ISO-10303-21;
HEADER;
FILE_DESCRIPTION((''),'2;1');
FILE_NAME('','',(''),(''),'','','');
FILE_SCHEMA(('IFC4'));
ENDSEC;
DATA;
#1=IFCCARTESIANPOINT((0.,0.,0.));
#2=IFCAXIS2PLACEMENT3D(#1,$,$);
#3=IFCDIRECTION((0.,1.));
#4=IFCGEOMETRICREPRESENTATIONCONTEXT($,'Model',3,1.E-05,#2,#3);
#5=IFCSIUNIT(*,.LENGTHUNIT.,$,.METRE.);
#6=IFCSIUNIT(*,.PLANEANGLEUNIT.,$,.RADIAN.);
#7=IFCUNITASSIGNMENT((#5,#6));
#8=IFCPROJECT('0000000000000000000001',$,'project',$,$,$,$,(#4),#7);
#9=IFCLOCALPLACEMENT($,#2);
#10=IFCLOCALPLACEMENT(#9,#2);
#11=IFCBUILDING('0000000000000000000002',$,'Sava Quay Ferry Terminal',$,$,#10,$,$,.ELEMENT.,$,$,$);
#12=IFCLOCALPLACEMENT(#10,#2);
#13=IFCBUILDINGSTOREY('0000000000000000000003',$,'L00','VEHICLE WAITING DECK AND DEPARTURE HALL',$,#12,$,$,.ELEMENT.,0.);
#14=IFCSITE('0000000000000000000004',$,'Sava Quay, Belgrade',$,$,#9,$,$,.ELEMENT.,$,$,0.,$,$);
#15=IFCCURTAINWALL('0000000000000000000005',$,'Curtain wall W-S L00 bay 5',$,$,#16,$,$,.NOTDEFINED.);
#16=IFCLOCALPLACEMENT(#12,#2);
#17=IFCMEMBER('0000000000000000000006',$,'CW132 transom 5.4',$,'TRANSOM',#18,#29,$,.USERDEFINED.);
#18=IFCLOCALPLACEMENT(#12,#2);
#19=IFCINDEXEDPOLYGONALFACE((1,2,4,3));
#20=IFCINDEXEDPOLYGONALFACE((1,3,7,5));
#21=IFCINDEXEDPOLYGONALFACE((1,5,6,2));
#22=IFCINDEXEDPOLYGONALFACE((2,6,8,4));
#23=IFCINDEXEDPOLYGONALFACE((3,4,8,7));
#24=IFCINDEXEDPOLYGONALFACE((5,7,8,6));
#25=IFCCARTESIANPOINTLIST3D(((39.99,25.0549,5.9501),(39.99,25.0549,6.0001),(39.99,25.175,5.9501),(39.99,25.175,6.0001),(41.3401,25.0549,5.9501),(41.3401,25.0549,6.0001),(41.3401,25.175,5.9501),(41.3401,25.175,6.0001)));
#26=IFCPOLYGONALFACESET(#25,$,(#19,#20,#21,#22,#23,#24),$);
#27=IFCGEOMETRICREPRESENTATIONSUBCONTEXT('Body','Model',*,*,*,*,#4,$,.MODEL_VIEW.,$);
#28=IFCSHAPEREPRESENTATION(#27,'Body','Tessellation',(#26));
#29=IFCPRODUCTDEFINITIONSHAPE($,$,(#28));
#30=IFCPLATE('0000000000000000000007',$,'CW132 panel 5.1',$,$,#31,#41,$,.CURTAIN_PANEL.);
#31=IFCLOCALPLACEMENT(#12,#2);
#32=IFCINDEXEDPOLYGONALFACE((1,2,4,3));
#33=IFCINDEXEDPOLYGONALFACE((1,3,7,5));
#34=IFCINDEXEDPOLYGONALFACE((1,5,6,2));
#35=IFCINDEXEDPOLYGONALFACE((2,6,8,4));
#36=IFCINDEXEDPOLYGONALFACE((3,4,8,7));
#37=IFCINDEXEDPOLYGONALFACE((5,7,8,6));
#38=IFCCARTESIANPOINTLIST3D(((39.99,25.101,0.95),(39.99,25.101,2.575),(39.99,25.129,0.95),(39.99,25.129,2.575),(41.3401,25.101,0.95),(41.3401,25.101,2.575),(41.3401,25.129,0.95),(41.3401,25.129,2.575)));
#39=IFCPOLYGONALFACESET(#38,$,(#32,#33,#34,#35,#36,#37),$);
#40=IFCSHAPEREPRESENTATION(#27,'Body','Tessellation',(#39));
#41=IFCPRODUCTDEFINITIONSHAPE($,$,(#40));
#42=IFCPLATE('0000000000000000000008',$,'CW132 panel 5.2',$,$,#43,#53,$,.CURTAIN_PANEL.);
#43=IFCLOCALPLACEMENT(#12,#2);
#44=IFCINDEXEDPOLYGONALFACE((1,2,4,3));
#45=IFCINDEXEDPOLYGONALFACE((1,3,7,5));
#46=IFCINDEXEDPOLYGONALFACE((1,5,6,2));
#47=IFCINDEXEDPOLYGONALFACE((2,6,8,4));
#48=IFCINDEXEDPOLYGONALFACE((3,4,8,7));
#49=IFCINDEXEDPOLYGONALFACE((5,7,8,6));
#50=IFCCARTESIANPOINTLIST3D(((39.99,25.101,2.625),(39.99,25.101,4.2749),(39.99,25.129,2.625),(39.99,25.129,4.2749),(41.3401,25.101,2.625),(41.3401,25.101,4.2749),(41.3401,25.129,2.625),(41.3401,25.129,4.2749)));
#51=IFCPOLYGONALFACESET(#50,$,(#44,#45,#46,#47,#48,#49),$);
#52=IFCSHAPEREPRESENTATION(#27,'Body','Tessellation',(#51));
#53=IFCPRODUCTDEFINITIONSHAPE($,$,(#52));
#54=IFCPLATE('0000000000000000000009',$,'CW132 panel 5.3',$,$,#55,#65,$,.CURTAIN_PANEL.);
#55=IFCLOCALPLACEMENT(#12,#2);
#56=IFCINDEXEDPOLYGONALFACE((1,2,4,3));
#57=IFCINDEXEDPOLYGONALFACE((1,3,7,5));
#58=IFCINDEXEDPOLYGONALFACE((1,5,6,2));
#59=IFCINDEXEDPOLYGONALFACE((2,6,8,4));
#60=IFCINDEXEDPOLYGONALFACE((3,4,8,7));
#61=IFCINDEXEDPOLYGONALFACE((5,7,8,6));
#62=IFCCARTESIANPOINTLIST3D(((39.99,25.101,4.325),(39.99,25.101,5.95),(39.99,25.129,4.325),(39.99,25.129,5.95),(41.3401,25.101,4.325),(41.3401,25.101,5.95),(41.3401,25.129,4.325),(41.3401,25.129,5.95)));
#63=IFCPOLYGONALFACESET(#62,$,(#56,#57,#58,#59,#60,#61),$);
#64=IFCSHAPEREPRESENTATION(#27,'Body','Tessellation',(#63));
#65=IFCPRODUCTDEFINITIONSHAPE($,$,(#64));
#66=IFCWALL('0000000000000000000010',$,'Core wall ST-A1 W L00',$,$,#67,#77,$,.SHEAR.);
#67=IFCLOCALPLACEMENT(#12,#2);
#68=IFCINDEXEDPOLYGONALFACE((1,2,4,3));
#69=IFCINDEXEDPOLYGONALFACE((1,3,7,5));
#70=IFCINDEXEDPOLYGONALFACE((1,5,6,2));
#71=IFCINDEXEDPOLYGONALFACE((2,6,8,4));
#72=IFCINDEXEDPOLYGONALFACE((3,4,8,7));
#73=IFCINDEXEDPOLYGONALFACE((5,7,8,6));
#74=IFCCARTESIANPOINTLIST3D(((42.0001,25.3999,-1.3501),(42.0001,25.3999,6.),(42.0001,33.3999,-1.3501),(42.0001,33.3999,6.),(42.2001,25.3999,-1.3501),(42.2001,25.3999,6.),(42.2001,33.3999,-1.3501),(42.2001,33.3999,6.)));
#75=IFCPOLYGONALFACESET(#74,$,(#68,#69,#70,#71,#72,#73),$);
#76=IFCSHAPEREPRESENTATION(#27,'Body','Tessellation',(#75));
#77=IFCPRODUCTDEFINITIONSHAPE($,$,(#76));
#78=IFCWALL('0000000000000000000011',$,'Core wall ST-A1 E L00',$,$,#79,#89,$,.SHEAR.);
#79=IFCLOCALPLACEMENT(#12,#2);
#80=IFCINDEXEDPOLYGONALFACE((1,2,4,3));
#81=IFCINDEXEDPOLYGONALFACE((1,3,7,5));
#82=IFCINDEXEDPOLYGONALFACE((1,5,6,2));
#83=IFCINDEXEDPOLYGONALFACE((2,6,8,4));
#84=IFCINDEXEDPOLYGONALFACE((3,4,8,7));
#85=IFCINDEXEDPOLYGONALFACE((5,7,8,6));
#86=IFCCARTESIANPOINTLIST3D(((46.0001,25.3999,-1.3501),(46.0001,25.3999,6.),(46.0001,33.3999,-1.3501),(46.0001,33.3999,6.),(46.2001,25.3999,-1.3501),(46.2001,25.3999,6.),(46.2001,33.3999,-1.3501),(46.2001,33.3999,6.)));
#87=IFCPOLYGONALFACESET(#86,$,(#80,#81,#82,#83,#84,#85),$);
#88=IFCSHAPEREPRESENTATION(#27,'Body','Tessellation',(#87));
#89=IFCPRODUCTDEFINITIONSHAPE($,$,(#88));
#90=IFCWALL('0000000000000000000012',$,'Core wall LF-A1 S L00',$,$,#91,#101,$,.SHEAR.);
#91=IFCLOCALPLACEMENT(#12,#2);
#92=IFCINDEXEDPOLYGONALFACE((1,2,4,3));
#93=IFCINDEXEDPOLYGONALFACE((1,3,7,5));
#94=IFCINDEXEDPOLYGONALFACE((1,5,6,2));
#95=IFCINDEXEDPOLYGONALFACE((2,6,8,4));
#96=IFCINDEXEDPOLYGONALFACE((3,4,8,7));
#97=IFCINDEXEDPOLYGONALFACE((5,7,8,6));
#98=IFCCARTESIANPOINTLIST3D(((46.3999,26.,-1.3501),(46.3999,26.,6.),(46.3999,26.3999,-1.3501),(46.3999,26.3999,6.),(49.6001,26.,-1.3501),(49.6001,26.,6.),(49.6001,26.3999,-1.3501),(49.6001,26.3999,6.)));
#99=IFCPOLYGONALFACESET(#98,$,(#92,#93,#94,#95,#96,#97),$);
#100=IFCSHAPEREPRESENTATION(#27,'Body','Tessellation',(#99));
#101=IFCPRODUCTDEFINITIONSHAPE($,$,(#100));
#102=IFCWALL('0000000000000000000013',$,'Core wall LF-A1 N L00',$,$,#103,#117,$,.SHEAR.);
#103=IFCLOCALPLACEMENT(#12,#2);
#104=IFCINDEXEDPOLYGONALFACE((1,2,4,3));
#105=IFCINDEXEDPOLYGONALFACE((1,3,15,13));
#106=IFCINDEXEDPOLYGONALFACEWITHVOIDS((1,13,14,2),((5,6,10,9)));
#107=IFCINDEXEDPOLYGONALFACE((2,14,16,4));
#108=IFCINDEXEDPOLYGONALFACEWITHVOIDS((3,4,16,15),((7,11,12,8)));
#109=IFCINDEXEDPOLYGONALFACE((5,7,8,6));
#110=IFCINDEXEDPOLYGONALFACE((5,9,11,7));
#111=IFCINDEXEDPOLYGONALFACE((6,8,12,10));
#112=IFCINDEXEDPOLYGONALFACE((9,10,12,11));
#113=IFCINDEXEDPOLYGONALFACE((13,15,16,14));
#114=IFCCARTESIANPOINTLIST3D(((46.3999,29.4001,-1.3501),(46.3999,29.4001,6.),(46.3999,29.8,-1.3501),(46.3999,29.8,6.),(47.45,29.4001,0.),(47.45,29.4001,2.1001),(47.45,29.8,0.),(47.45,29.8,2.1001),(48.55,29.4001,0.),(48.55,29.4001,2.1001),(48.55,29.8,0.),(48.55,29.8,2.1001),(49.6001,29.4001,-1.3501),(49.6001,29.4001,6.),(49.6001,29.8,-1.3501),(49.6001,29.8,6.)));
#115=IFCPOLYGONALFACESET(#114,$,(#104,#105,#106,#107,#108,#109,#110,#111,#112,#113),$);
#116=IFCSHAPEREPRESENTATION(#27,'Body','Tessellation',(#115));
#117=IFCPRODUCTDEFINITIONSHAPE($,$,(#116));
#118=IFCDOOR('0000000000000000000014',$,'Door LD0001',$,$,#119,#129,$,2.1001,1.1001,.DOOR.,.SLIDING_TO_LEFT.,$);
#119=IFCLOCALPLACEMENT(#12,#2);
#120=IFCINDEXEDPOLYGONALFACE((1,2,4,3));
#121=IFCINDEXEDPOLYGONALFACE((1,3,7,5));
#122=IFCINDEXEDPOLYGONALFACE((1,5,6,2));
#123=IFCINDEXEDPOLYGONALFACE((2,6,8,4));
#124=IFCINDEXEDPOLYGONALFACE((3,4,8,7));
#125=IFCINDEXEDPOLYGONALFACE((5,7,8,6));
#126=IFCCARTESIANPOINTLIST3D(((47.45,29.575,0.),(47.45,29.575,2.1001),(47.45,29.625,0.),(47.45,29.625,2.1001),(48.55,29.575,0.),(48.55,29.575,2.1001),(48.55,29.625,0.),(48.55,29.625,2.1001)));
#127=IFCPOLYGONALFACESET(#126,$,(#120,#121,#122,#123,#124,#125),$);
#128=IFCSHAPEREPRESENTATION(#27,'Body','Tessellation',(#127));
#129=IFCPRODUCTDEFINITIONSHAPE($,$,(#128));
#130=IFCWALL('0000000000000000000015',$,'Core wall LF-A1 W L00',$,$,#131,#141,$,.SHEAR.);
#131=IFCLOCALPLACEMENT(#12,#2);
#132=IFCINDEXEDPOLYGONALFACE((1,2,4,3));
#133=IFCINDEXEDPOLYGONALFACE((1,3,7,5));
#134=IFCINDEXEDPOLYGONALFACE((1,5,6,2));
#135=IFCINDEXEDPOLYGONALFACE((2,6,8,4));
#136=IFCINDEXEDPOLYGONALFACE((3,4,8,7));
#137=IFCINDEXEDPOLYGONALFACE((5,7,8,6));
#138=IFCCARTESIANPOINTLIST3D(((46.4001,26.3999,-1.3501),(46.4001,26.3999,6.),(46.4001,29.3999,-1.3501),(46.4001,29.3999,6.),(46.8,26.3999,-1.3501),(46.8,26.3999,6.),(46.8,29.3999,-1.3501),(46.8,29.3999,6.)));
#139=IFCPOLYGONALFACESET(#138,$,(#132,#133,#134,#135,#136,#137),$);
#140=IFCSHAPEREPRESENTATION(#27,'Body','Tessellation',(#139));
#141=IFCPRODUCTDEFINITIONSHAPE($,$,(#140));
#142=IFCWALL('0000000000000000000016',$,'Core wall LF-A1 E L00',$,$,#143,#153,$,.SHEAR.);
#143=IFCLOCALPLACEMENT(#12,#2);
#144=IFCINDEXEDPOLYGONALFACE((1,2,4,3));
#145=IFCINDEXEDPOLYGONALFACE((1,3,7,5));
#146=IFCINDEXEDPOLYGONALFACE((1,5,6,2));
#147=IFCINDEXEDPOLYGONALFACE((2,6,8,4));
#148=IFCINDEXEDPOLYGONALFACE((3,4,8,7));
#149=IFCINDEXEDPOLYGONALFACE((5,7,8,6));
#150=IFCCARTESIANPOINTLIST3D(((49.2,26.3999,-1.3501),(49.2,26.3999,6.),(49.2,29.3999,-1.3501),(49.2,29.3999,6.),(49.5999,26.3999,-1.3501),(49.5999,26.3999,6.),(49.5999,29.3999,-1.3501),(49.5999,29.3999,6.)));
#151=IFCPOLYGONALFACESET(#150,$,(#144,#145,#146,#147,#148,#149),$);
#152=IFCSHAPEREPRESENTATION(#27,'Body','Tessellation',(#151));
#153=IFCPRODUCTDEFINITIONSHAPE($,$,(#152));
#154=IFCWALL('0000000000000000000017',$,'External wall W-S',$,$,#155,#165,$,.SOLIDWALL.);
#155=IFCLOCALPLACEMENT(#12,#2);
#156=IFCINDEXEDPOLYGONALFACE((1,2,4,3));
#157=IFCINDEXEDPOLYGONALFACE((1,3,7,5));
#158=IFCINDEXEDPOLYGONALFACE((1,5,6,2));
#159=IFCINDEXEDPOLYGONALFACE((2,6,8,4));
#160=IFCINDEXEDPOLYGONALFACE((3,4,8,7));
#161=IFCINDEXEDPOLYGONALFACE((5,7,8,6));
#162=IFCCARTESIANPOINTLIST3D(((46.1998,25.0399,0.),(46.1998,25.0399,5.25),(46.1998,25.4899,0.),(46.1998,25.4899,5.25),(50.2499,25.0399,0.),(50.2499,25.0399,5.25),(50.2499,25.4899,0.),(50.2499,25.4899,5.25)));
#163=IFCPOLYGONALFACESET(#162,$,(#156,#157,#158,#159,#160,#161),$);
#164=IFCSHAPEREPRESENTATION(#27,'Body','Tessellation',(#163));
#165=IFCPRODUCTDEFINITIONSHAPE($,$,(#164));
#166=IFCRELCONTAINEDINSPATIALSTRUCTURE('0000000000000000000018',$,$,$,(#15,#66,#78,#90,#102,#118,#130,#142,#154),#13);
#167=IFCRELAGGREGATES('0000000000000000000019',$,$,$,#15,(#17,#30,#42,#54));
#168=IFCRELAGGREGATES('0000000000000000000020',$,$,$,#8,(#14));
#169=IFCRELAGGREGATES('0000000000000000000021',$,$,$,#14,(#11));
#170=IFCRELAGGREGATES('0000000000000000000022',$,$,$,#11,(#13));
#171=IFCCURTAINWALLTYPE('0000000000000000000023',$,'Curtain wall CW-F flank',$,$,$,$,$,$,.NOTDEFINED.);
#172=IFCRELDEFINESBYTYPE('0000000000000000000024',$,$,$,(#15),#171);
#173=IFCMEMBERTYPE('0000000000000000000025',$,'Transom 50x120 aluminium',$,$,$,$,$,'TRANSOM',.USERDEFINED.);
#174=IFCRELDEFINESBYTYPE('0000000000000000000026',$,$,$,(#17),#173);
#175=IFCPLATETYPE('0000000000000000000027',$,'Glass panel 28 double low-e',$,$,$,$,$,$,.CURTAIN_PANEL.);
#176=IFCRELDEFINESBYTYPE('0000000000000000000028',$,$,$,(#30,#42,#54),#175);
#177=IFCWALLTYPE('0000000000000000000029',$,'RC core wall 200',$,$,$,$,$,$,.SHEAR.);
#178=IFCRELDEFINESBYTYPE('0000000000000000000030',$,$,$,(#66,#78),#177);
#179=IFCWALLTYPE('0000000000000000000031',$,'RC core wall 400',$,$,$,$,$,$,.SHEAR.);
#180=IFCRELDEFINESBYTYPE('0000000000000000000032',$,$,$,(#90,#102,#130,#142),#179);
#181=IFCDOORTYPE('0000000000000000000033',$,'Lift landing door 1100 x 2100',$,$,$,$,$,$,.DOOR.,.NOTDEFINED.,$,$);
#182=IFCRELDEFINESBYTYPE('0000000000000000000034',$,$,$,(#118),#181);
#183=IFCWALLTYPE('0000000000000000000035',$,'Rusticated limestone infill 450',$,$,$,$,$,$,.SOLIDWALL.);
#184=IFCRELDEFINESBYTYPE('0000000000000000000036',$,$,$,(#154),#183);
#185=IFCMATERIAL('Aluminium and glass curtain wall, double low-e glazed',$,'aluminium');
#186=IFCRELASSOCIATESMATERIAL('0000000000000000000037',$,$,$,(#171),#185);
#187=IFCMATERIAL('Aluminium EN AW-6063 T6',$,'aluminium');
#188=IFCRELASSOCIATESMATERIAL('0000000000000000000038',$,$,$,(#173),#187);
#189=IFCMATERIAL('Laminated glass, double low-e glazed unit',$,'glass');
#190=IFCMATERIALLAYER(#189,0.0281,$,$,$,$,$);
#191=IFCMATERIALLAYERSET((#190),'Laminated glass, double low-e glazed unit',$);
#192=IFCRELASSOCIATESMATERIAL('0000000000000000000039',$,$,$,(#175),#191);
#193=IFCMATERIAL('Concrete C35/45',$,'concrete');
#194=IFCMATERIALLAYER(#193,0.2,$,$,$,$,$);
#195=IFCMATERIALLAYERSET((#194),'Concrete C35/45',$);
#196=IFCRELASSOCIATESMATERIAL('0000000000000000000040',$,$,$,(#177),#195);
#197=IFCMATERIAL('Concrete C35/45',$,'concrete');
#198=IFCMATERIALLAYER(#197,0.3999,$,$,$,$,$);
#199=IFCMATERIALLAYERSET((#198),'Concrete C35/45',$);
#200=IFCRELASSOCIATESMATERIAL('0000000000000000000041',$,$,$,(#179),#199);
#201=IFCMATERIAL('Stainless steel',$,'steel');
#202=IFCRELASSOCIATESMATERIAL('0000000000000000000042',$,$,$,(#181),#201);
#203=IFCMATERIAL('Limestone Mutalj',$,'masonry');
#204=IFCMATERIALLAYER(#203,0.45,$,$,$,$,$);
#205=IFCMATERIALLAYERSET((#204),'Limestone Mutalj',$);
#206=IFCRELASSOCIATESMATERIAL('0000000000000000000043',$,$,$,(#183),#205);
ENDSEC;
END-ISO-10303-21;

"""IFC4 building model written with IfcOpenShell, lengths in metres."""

from ifc_helpers import new_model, si_unit, direction, frame, frame_2d, origin, origin_2d, place, context, subcontext, project, spatial, rectangle, extrude, material, layer, layer_set, material_profile, profile_set, type_object, element, fill, aggregate, save


model = new_model("IFC4")

# Units and contexts
model_context = context("Model", 3, precision=1e-05, world=origin(), true_north=direction((0.0, 1.0)))
body_context = subcontext(model_context, "Body", "Model", "MODEL_VIEW")
ifc_project = project(units=[si_unit("LENGTHUNIT", "METRE"), si_unit("PLANEANGLEUNIT", "RADIAN")], contexts=[model_context])

# Site, building, storey
site_placement = place(None, origin())
site = spatial("IfcSite", under=ifc_project, at=site_placement, Name="Sava Quay, Belgrade", CompositionType="ELEMENT", RefElevation=0.0)
building_placement = place(site_placement, origin())
building = spatial("IfcBuilding", under=site, at=building_placement, Name="Sava Quay Ferry Terminal", CompositionType="ELEMENT")
storey_placement = place(building_placement, origin())
storey = spatial("IfcBuildingStorey", under=building, at=storey_placement, Name="L00", Description="VEHICLE WAITING DECK AND DEPARTURE HALL", CompositionType="ELEMENT", Elevation=0.0)

# Curtain wall
ifc_material_1 = material(Name="Aluminium and glass curtain wall, double low-e glazed", Category="aluminium")
curtain_wall_type = type_object("IfcCurtainWallType", Name="Curtain wall CW-F flank", PredefinedType="NOTDEFINED", material=ifc_material_1)
curtain_wall_placement = place(storey_placement, origin())
curtain_wall = element("IfcCurtainWall", 1, at=curtain_wall_placement, inside=storey, type_object=curtain_wall_type, Name="Curtain wall W-S L00 bay 5", PredefinedType="NOTDEFINED")

# Member
ifc_material_2 = material(Name="Aluminium EN AW-6063 T6", Category="aluminium")
ifc_material_profile_1 = material_profile(ifc_material_2, rectangle(XDim=0.1201, YDim=0.05, at=origin_2d()), Name="Transom 50x120 aluminium")
ifc_profile_set_1 = profile_set([ifc_material_profile_1], Name="Aluminium EN AW-6063 T6")
member_type_1 = type_object("IfcMemberType", Name="Transom 50x120 aluminium", ElementType="TRANSOM", PredefinedType="USERDEFINED", material=ifc_profile_set_1)
member_1_placement = place(storey_placement, frame((39.99, 25.115, 5.9751), z_axis=(1.0, 0.0, 0.0), x_axis=(0.0, 1.0, 0.0)))
member_1 = element("IfcMember", 2, at=member_1_placement, type_object=member_type_1, Name="CW132 transom 5.4", ObjectType="TRANSOM", PredefinedType="USERDEFINED", context=body_context, shape_type="SweptSolid", body=[
    extrude(rectangle(XDim=0.1201, YDim=0.05, at=origin_2d()), origin(), (0.0, 0.0, 1.0), 1.3501),
])

# Plates
ifc_material_3 = material(Name="Laminated glass, double low-e glazed unit", Category="glass")
ifc_layer_1 = layer(ifc_material_3, 0.0281)
ifc_layer_set_1 = layer_set([ifc_layer_1], Name="Laminated glass, double low-e glazed unit")
plate_type = type_object("IfcPlateType", Name="Glass panel 28 double low-e", PredefinedType="CURTAIN_PANEL", material=ifc_layer_set_1)
plate_1_placement = place(storey_placement, frame((40.665, 25.115, 0.95), z_axis=(0.0, 0.0, 1.0), x_axis=(1.0, 0.0, 0.0)))
plate_1 = element("IfcPlate", 3, at=plate_1_placement, type_object=plate_type, Name="CW132 panel 5.1", PredefinedType="CURTAIN_PANEL", context=body_context, shape_type="SweptSolid", body=[
    extrude(rectangle(XDim=1.3501, YDim=0.0281, at=origin_2d()), origin(), (0.0, 0.0, 1.0), 1.625),
])
plate_2_placement = place(storey_placement, frame((40.665, 25.115, 2.625), z_axis=(0.0, 0.0, 1.0), x_axis=(1.0, 0.0, 0.0)))
plate_2 = element("IfcPlate", 4, at=plate_2_placement, type_object=plate_type, Name="CW132 panel 5.2", PredefinedType="CURTAIN_PANEL", context=body_context, shape_type="SweptSolid", body=[
    extrude(rectangle(XDim=1.3501, YDim=0.0281, at=origin_2d()), origin(), (0.0, 0.0, 1.0), 1.6499),
])
plate_3_placement = place(storey_placement, frame((40.665, 25.115, 4.325), z_axis=(0.0, 0.0, 1.0), x_axis=(1.0, 0.0, 0.0)))
plate_3 = element("IfcPlate", 5, at=plate_3_placement, type_object=plate_type, Name="CW132 panel 5.3", PredefinedType="CURTAIN_PANEL", context=body_context, shape_type="SweptSolid", body=[
    extrude(rectangle(XDim=1.3501, YDim=0.0281, at=origin_2d()), origin(), (0.0, 0.0, 1.0), 1.625),
])
aggregate(curtain_wall, [member_1, plate_1, plate_2, plate_3])

# Shared definitions
ifc_material_4 = material(Name="Concrete C35/45", Category="concrete")
ifc_layer_2 = layer(ifc_material_4, 0.2)
ifc_layer_set_2 = layer_set([ifc_layer_2], Name="Concrete C35/45")
wall_type_1 = type_object("IfcWallType", Name="RC core wall 200", PredefinedType="SHEAR", material=ifc_layer_set_2)

# Walls
for number, where, z_axis, x_axis, name in (
    (6, (42.1001, 25.3999, -1.3501), (0.0, 0.0, 1.0), (0.0, 1.0, 0.0), "Core wall ST-A1 W L00"),
    (7, (46.1001, 25.3999, -1.3501), (0.0, 0.0, 1.0), (0.0, 1.0, 0.0), "Core wall ST-A1 E L00"),
):
    element("IfcWall", number, at=place(storey_placement, frame(where, z_axis=z_axis, x_axis=x_axis)), inside=storey, type_object=wall_type_1, Name=name, PredefinedType="SHEAR", context=body_context, shape_type="SweptSolid", body=[
        extrude(rectangle(XDim=8.0, YDim=0.2, at=frame_2d((4.0, 0.0))), origin(), (0.0, 0.0, 1.0), 7.3501),
    ])
ifc_material_5 = material(Name="Concrete C35/45", Category="concrete")
ifc_layer_3 = layer(ifc_material_5, 0.3999)
ifc_layer_set_3 = layer_set([ifc_layer_3], Name="Concrete C35/45")
wall_type_2 = type_object("IfcWallType", Name="RC core wall 400", PredefinedType="SHEAR", material=ifc_layer_set_3)
wall_1_placement = place(storey_placement, frame((46.3999, 26.2, -1.3501), z_axis=(0.0, 0.0, 1.0), x_axis=(1.0, 0.0, 0.0)))
element("IfcWall", 8, at=wall_1_placement, inside=storey, type_object=wall_type_2, Name="Core wall LF-A1 S L00", PredefinedType="SHEAR", context=body_context, shape_type="SweptSolid", body=[
    extrude(rectangle(XDim=3.2002, YDim=0.3999, at=frame_2d((1.6001, 0.0))), origin(), (0.0, 0.0, 1.0), 7.3501),
])

# Wall, opening, door
wall_2_placement = place(storey_placement, frame((46.3999, 29.6001, -1.3501), z_axis=(0.0, 0.0, 1.0), x_axis=(1.0, 0.0, 0.0)))
wall_2 = element("IfcWall", 9, at=wall_2_placement, inside=storey, type_object=wall_type_2, Name="Core wall LF-A1 N L00", PredefinedType="SHEAR", context=body_context, shape_type="SweptSolid", body=[
    extrude(rectangle(XDim=3.2002, YDim=0.3999, at=frame_2d((1.6001, 0.0))), origin(), (0.0, 0.0, 1.0), 7.3501),
])
opening_1_placement = place(wall_2_placement, frame((1.05, 0.0, 1.3501)))
opening_1 = element("IfcOpeningElement", 10, at=opening_1_placement, cuts=wall_2, PredefinedType="OPENING", context=body_context, shape_type="SweptSolid", body=[
    extrude(rectangle(XDim=1.1001, YDim=2.1001, at=frame_2d((0.55, 1.05))), frame((0.0, 0.2, 0.0), z_axis=(0.0, -1.0, 0.0), x_axis=(1.0, 0.0, 0.0)), (0.0, 0.0, 1.0), 0.3999),
])
ifc_material_6 = material(Name="Stainless steel", Category="steel")
door_type_1 = type_object("IfcDoorType", Name="Lift landing door 1100 x 2100", OperationType="NOTDEFINED", PredefinedType="DOOR", material=ifc_material_6)
door_1_placement = place(opening_1_placement, origin())
door_1 = element("IfcDoor", 11, at=door_1_placement, inside=storey, type_object=door_type_1, Name="Door LD0001", OperationType="SLIDING_TO_LEFT", OverallHeight=2.1001, OverallWidth=1.1001, PredefinedType="DOOR", context=body_context, shape_type="SweptSolid", body=[
    extrude(rectangle(XDim=1.1001, YDim=2.1001, at=frame_2d((0.55, 1.05))), frame((0.0, 0.0249, 0.0), z_axis=(0.0, -1.0, 0.0), x_axis=(1.0, 0.0, 0.0)), (0.0, 0.0, 1.0), 0.05),
])
fill(opening_1, door_1)

# Walls
for number, where, z_axis, x_axis, name in (
    (12, (46.6001, 26.3999, -1.3501), (0.0, 0.0, 1.0), (0.0, 1.0, 0.0), "Core wall LF-A1 W L00"),
    (13, (49.3999, 26.3999, -1.3501), (0.0, 0.0, 1.0), (0.0, 1.0, 0.0), "Core wall LF-A1 E L00"),
):
    element("IfcWall", number, at=place(storey_placement, frame(where, z_axis=z_axis, x_axis=x_axis)), inside=storey, type_object=wall_type_2, Name=name, PredefinedType="SHEAR", context=body_context, shape_type="SweptSolid", body=[
        extrude(rectangle(XDim=3.0, YDim=0.3999, at=frame_2d((1.5, 0.0))), origin(), (0.0, 0.0, 1.0), 7.3501),
    ])
ifc_material_7 = material(Name="Limestone Mutalj", Category="masonry")
ifc_layer_4 = layer(ifc_material_7, 0.45)
ifc_layer_set_4 = layer_set([ifc_layer_4], Name="Limestone Mutalj")
wall_type_3 = type_object("IfcWallType", Name="Rusticated limestone infill 450", PredefinedType="SOLIDWALL", material=ifc_layer_set_4)
wall_3_placement = place(storey_placement, frame((46.2, 25.2649, 0.0), z_axis=(0.0, 0.0, 1.0), x_axis=(1.0, 0.0, 0.0)))
element("IfcWall", 14, at=wall_3_placement, inside=storey, type_object=wall_type_3, Name="External wall W-S", PredefinedType="SOLIDWALL", context=body_context, shape_type="SweptSolid", body=[
    extrude(rectangle(XDim=4.05, YDim=0.45, at=frame_2d((2.0249, 0.0))), origin(), (0.0, 0.0, 1.0), 5.25),
])

save(model, "model.ifc")
